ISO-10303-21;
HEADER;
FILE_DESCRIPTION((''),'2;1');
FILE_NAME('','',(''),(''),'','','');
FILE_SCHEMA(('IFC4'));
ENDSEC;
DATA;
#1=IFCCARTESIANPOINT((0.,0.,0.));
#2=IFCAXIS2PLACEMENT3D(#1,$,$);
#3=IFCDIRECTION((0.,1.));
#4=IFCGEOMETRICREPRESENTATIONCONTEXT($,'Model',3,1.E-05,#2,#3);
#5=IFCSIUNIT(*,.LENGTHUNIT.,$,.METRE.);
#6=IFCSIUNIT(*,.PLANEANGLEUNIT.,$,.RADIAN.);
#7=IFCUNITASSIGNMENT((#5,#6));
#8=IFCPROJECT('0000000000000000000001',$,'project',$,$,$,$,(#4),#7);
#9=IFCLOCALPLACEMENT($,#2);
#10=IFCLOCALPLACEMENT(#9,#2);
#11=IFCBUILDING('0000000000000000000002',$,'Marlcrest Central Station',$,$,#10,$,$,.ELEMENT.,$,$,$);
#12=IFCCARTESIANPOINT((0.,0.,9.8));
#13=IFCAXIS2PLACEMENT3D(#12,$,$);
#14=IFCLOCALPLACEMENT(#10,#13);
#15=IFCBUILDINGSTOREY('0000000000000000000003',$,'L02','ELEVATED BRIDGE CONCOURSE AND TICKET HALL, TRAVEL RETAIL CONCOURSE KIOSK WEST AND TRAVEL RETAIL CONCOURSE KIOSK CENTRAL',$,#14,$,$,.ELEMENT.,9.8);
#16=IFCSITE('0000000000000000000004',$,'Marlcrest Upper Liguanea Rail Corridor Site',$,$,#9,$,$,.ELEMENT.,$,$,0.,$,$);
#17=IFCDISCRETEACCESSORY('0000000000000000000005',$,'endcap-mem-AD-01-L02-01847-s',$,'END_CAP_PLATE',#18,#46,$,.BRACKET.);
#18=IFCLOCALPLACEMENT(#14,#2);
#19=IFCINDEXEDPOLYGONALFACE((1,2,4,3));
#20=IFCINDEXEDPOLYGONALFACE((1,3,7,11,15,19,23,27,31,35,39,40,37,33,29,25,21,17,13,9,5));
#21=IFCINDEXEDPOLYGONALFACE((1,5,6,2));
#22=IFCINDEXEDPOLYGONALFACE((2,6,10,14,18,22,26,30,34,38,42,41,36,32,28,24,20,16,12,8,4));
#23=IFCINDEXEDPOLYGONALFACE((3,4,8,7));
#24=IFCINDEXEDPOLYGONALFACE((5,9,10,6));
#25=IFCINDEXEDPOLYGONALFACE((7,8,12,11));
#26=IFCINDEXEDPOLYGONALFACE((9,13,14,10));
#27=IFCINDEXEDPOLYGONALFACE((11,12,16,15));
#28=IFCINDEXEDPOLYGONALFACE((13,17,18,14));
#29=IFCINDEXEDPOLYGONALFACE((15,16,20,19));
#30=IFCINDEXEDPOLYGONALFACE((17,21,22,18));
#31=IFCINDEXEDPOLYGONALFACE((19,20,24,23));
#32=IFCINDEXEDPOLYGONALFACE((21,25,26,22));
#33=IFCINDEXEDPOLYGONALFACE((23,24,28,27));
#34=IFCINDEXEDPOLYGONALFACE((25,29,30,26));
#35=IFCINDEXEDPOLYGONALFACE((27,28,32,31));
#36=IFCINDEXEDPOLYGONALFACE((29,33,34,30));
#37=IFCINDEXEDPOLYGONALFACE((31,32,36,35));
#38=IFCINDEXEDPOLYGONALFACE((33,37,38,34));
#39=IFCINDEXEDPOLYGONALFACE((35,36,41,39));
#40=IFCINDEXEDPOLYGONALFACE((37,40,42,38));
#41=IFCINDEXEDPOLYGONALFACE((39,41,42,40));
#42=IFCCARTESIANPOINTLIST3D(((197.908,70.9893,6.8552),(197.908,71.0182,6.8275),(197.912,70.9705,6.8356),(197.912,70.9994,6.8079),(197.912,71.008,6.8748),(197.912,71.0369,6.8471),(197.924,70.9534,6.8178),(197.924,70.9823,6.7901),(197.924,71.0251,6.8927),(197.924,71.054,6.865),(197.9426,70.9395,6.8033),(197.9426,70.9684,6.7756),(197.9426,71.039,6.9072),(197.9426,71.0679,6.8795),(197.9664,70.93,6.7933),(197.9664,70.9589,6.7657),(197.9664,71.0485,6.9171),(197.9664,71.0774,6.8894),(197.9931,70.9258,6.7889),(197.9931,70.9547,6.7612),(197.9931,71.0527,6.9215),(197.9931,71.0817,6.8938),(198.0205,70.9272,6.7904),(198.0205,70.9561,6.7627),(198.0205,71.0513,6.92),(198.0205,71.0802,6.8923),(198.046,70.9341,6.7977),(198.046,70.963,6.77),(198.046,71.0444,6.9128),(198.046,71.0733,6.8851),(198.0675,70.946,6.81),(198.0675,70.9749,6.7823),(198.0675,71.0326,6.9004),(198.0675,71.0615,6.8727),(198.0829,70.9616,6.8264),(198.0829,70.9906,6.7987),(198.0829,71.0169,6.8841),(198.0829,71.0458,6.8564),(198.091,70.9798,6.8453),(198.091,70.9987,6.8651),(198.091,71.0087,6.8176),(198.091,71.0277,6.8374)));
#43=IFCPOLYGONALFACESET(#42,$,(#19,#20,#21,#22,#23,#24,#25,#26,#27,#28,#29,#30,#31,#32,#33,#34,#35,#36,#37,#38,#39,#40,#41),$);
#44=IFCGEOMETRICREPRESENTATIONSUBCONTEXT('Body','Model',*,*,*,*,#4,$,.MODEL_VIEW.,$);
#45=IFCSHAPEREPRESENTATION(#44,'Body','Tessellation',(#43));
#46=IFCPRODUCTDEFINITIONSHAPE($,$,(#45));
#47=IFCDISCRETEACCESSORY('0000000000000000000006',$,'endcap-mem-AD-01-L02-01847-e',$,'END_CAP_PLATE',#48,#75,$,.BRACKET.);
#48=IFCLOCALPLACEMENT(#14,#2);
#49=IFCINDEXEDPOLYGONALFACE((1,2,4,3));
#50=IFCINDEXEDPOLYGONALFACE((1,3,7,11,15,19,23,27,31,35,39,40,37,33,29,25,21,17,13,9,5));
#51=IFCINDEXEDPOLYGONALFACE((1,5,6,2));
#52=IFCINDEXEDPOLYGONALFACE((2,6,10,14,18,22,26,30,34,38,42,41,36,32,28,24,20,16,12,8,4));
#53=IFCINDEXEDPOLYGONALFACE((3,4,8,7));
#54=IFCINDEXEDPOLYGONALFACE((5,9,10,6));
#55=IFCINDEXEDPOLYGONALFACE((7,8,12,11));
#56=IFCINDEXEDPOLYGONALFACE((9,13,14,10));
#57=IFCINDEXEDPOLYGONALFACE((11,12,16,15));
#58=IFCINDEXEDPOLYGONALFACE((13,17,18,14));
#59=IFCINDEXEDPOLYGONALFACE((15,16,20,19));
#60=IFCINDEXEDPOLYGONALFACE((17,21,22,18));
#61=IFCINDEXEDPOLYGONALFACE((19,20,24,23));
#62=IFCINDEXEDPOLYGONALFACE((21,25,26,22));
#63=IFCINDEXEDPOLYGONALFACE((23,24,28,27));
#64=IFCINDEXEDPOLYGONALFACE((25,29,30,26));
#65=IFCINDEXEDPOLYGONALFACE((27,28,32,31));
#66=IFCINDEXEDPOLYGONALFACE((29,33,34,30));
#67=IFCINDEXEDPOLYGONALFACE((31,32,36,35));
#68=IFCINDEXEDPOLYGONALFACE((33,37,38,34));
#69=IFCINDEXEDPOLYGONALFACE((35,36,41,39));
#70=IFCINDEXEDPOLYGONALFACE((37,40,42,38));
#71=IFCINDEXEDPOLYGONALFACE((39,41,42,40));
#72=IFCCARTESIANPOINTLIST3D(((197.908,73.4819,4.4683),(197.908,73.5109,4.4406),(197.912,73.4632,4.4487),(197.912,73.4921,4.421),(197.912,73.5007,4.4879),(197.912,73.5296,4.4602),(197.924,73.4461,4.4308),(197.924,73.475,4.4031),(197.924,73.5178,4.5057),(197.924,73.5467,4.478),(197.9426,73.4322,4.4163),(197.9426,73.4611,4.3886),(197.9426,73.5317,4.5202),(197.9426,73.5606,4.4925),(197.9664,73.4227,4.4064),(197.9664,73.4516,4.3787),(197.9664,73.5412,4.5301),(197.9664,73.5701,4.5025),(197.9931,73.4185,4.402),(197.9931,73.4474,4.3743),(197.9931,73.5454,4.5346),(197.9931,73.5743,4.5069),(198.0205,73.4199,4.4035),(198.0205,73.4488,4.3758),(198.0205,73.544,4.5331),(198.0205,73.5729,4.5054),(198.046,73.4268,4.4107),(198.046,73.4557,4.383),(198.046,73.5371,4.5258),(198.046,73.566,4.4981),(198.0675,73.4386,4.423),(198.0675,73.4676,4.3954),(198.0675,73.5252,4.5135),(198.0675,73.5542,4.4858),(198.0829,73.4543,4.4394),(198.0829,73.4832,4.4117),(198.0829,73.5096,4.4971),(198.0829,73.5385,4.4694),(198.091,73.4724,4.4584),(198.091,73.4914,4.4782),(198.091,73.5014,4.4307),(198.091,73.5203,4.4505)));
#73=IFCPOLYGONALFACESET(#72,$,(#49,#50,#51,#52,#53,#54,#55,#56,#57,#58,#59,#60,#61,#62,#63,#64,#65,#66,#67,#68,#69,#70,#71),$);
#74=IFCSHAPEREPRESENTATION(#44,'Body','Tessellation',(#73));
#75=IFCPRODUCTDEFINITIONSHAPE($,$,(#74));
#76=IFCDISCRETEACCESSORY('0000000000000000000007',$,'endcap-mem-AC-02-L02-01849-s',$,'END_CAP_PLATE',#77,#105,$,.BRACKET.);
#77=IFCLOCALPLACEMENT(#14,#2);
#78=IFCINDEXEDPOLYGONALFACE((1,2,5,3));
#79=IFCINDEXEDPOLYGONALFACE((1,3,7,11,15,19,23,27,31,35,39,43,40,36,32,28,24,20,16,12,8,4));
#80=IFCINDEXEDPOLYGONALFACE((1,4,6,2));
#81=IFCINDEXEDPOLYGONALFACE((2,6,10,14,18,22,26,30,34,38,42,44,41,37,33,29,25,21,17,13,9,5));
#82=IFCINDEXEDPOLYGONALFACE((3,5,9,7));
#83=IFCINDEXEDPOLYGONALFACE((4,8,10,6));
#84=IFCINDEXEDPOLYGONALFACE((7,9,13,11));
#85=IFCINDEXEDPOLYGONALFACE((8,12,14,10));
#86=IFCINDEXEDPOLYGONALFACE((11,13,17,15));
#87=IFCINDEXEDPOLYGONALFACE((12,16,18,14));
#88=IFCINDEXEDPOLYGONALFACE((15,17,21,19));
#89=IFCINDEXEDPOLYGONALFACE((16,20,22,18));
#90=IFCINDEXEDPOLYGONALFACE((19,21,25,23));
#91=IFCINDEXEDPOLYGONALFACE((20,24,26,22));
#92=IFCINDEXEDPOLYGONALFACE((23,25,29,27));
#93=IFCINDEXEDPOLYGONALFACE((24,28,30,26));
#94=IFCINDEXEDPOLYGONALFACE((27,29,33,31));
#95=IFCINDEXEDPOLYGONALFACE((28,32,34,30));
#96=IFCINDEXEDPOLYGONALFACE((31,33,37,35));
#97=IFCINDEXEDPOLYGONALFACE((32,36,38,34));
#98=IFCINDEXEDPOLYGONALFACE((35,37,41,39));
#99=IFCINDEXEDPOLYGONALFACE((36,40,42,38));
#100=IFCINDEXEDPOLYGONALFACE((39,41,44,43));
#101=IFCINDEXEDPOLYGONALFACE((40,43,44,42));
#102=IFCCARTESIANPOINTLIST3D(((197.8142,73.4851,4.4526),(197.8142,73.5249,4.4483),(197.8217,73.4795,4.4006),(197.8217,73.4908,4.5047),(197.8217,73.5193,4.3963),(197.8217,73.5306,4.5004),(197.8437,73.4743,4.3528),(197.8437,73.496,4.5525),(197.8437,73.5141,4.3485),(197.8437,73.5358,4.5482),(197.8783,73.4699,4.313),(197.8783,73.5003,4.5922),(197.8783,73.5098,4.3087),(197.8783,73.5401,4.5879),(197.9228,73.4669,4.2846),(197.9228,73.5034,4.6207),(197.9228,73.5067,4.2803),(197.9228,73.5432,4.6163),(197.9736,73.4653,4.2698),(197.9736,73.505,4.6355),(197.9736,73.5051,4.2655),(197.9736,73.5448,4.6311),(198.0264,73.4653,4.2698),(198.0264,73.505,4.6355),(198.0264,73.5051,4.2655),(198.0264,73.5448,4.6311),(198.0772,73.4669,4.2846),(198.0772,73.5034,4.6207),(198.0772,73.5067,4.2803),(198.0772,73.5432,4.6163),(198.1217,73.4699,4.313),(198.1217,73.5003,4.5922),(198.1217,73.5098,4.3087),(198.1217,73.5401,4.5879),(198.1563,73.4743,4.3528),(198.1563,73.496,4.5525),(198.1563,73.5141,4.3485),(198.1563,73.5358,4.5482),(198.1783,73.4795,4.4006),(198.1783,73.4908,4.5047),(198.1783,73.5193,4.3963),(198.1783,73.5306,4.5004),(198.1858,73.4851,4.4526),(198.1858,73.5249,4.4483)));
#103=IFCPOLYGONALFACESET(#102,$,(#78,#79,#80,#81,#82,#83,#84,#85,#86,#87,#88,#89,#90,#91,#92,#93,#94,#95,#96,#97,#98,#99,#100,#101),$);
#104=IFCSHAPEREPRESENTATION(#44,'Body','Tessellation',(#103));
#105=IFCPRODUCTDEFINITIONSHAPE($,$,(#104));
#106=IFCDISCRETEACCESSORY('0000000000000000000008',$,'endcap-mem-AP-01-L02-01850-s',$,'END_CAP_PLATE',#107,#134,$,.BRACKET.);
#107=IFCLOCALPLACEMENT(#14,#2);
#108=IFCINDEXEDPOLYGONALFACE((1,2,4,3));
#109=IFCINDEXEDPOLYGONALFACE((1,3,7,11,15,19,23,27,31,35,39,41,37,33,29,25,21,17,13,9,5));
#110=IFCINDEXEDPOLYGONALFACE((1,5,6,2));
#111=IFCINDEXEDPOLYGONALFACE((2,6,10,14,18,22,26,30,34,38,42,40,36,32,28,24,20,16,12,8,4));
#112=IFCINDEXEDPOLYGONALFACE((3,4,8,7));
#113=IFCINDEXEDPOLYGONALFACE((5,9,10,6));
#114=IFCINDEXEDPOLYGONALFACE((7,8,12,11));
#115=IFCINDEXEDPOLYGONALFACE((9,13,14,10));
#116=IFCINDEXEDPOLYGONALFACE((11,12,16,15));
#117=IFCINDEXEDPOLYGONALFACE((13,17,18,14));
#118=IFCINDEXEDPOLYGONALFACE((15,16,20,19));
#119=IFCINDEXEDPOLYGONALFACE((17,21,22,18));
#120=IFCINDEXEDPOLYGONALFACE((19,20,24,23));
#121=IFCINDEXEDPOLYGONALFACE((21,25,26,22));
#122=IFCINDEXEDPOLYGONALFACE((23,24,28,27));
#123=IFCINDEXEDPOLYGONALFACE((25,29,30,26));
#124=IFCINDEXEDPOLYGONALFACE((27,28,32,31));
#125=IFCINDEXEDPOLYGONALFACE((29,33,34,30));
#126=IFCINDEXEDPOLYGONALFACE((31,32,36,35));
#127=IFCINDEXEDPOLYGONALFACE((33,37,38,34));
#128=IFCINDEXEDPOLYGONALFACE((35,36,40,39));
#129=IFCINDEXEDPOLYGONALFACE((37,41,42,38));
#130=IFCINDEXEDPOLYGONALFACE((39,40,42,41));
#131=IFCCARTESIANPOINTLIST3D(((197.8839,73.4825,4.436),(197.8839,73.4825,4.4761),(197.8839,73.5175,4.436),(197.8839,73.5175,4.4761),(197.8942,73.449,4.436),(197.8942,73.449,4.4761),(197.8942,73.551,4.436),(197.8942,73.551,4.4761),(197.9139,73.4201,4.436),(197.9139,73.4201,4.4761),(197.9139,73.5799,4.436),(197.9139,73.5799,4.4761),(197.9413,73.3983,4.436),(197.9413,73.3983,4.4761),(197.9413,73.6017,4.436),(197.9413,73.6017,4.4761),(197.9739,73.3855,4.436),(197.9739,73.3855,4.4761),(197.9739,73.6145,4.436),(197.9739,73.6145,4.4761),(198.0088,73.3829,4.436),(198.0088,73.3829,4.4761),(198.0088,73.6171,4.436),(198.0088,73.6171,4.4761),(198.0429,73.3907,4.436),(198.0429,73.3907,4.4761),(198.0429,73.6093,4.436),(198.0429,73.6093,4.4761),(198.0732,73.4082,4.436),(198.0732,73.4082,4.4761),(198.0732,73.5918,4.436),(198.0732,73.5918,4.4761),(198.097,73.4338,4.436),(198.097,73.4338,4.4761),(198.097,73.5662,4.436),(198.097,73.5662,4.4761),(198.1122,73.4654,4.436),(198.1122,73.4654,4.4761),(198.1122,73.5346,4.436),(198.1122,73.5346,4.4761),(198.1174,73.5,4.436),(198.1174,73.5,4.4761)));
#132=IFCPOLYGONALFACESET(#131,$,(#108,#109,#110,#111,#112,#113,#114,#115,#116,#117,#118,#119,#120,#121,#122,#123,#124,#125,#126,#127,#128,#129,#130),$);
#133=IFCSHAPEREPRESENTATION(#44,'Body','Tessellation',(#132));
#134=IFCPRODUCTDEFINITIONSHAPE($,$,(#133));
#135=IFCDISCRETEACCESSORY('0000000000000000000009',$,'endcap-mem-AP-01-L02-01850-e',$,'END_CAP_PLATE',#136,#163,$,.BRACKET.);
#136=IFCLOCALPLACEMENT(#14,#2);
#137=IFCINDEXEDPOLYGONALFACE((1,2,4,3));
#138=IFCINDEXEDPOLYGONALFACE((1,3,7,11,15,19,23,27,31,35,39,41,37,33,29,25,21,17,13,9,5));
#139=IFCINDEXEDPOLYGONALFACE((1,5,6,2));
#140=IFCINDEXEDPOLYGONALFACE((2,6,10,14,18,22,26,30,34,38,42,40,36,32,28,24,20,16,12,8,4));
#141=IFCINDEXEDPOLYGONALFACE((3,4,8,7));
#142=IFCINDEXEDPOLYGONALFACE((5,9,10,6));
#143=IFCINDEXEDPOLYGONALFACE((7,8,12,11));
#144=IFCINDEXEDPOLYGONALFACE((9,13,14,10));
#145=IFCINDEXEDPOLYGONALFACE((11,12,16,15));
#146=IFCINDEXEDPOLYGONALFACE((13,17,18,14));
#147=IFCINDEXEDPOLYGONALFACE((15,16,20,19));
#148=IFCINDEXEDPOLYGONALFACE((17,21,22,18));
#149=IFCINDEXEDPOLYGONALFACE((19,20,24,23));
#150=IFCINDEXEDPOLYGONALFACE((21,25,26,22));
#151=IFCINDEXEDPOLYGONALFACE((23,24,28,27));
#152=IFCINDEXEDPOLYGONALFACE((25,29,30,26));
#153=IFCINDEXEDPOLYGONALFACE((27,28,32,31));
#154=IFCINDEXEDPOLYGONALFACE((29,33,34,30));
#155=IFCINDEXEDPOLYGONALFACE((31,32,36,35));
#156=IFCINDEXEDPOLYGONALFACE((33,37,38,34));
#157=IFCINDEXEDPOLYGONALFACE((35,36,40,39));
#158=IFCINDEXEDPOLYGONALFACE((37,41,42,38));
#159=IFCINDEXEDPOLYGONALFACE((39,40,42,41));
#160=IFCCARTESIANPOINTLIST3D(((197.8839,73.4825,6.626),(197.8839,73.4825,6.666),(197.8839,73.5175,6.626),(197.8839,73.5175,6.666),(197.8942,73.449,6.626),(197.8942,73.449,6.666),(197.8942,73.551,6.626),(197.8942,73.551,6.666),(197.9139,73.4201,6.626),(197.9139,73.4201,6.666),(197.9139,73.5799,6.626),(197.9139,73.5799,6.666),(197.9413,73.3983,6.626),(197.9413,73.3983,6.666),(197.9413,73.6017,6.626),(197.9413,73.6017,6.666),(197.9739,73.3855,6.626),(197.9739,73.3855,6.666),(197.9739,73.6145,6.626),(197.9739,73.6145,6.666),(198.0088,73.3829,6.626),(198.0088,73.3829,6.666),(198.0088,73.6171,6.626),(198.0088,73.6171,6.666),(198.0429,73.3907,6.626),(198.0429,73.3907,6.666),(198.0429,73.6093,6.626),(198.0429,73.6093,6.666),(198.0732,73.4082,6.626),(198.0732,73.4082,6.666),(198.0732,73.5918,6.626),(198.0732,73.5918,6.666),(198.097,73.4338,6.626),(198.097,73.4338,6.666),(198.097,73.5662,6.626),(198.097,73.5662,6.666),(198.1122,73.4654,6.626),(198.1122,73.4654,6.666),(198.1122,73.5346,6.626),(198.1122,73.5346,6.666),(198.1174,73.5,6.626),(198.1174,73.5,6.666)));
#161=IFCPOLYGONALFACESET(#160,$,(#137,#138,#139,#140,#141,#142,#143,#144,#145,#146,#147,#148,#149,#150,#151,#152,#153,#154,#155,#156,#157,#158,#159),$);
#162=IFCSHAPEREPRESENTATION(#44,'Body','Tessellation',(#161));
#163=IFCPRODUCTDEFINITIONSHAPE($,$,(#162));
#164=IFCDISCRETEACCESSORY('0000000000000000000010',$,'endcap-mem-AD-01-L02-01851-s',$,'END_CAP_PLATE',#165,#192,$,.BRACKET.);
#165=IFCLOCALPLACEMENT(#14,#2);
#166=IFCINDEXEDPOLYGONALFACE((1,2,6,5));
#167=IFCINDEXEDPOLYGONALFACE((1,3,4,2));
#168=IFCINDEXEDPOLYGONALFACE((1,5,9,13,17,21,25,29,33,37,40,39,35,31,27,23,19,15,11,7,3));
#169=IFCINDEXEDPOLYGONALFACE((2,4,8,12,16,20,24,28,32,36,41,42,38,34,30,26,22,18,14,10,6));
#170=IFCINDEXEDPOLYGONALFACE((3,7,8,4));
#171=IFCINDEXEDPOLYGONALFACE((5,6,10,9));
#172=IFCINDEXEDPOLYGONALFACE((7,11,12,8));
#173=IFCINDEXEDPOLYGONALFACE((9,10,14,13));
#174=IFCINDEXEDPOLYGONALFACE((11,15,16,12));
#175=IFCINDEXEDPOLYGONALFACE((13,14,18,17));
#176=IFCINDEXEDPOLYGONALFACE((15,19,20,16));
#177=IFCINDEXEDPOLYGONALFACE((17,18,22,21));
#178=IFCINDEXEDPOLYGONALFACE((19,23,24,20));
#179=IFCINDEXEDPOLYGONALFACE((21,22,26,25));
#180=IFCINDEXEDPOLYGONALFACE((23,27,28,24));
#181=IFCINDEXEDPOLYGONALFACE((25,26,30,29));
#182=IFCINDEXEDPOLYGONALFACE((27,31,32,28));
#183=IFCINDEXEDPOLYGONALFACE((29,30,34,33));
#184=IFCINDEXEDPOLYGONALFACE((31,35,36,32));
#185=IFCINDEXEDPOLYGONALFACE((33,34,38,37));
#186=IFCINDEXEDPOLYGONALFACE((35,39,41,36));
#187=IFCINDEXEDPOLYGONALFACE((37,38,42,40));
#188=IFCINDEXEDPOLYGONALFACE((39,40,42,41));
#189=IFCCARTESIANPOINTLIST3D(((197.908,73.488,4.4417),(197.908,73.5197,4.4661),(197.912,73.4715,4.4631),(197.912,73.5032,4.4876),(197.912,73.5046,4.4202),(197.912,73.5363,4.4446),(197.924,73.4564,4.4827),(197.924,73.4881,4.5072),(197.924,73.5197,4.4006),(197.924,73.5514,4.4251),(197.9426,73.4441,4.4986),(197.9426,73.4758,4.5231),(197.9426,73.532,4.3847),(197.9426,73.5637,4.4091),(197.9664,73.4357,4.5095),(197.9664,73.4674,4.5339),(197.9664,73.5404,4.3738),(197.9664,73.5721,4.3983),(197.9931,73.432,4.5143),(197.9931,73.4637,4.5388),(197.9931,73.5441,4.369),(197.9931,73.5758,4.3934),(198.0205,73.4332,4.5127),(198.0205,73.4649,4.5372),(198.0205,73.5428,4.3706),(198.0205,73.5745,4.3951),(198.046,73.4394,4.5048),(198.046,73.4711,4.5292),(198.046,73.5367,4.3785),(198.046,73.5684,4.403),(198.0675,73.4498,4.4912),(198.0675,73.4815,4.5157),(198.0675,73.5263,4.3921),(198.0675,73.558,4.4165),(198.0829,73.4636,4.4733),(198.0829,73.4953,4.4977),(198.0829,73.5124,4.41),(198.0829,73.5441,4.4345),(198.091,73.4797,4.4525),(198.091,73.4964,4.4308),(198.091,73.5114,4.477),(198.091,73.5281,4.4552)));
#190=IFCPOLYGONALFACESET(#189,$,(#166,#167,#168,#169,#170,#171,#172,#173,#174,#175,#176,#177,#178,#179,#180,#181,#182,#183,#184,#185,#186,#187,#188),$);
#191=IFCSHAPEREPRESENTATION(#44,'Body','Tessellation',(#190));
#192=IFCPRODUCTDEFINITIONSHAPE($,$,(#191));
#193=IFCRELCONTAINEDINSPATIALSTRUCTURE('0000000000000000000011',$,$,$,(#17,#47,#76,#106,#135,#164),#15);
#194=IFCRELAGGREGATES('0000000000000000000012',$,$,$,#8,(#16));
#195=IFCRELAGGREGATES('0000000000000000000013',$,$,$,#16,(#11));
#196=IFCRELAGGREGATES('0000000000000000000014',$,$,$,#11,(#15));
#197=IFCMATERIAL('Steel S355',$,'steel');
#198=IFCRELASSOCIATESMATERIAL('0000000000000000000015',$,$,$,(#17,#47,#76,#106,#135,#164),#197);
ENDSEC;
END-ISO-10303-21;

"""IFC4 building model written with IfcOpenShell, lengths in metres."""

from ifc_helpers import new_model, si_unit, direction, frame, origin, origin_2d, place, context, subcontext, project, spatial, circle, extrude, material, element, save


model = new_model("IFC4")

# Units and contexts
model_context = context("Model", 3, precision=1e-05, world=origin(), true_north=direction((0.0, 1.0)))
body_context = subcontext(model_context, "Body", "Model", "MODEL_VIEW")
ifc_project = project(units=[si_unit("LENGTHUNIT", "METRE"), si_unit("PLANEANGLEUNIT", "RADIAN")], contexts=[model_context])

# Site, building, storey
site_placement = place(None, origin())
site = spatial("IfcSite", under=ifc_project, at=site_placement, Name="Marlcrest Upper Liguanea Rail Corridor Site", CompositionType="ELEMENT", RefElevation=0.0)
building_placement = place(site_placement, origin())
building = spatial("IfcBuilding", under=site, at=building_placement, Name="Marlcrest Central Station", CompositionType="ELEMENT")
storey_placement = place(building_placement, frame((0.0, 0.0, 9.8)))
storey = spatial("IfcBuildingStorey", under=building, at=storey_placement, Name="L02", Description="ELEVATED BRIDGE CONCOURSE AND TICKET HALL, TRAVEL RETAIL CONCOURSE KIOSK WEST AND TRAVEL RETAIL CONCOURSE KIOSK CENTRAL", CompositionType="ELEMENT", Elevation=9.8)

# Shared definitions
ifc_material = material(Name="Steel S355", Category="steel")

# Discrete accessories
for number, where, z_axis, x_axis, name in (
    (1, (198.0, 70.9893, 6.8552), (0.0, 0.722247, -0.691636), (-1.0, 0.0, 0.0), "endcap-mem-AD-01-L02-01847-s"),
    (2, (198.0, 73.4819, 4.4683), (0.0, 0.722247, -0.691636), (-1.0, 0.0, 0.0), "endcap-mem-AD-01-L02-01847-e"),
):
    element("IfcDiscreteAccessory", number, at=place(storey_placement, frame(where, z_axis=z_axis, x_axis=x_axis)), inside=storey, material=ifc_material, Name=name, ObjectType="END_CAP_PLATE", PredefinedType="BRACKET", context=body_context, shape_type="SweptSolid", body=[
        extrude(circle(Radius=0.092, at=origin_2d()), origin(), (0.0, 0.0, 1.0), 0.04),
    ])
discrete_accessory_1_placement = place(storey_placement, frame((198.0, 73.4851, 4.4526), z_axis=(0.0, 0.994155, -0.107959), x_axis=(-1.0, 0.0, 0.0)))
element("IfcDiscreteAccessory", 3, at=discrete_accessory_1_placement, inside=storey, material=ifc_material, Name="endcap-mem-AC-02-L02-01849-s", ObjectType="END_CAP_PLATE", PredefinedType="BRACKET", context=body_context, shape_type="SweptSolid", body=[
    extrude(circle(Radius=0.1858, at=origin_2d()), origin(), (0.0, 0.0, 1.0), 0.04),
])
for number, where, z_axis, x_axis, name in (
    (4, (198.0, 73.5, 4.436), (0.0, 0.0, 1.0), (1.0, 0.0, 0.0), "endcap-mem-AP-01-L02-01850-s"),
    (5, (198.0, 73.5, 6.626), (0.0, 0.0, 1.0), (1.0, 0.0, 0.0), "endcap-mem-AP-01-L02-01850-e"),
):
    element("IfcDiscreteAccessory", number, at=place(storey_placement, frame(where, z_axis=z_axis, x_axis=x_axis)), inside=storey, material=ifc_material, Name=name, ObjectType="END_CAP_PLATE", PredefinedType="BRACKET", context=body_context, shape_type="SweptSolid", body=[
        extrude(circle(Radius=0.1174, at=origin_2d()), origin(), (0.0, 0.0, 1.0), 0.04),
    ])
discrete_accessory_2_placement = place(storey_placement, frame((198.0, 73.488, 4.4417), z_axis=(0.0, 0.791798, 0.610783), x_axis=(-1.0, 0.0, 0.0)))
element("IfcDiscreteAccessory", 6, at=discrete_accessory_2_placement, inside=storey, material=ifc_material, Name="endcap-mem-AD-01-L02-01851-s", ObjectType="END_CAP_PLATE", PredefinedType="BRACKET", context=body_context, shape_type="SweptSolid", body=[
    extrude(circle(Radius=0.092, at=origin_2d()), origin(), (0.0, 0.0, 1.0), 0.04),
])

save(model, "model.ifc")
